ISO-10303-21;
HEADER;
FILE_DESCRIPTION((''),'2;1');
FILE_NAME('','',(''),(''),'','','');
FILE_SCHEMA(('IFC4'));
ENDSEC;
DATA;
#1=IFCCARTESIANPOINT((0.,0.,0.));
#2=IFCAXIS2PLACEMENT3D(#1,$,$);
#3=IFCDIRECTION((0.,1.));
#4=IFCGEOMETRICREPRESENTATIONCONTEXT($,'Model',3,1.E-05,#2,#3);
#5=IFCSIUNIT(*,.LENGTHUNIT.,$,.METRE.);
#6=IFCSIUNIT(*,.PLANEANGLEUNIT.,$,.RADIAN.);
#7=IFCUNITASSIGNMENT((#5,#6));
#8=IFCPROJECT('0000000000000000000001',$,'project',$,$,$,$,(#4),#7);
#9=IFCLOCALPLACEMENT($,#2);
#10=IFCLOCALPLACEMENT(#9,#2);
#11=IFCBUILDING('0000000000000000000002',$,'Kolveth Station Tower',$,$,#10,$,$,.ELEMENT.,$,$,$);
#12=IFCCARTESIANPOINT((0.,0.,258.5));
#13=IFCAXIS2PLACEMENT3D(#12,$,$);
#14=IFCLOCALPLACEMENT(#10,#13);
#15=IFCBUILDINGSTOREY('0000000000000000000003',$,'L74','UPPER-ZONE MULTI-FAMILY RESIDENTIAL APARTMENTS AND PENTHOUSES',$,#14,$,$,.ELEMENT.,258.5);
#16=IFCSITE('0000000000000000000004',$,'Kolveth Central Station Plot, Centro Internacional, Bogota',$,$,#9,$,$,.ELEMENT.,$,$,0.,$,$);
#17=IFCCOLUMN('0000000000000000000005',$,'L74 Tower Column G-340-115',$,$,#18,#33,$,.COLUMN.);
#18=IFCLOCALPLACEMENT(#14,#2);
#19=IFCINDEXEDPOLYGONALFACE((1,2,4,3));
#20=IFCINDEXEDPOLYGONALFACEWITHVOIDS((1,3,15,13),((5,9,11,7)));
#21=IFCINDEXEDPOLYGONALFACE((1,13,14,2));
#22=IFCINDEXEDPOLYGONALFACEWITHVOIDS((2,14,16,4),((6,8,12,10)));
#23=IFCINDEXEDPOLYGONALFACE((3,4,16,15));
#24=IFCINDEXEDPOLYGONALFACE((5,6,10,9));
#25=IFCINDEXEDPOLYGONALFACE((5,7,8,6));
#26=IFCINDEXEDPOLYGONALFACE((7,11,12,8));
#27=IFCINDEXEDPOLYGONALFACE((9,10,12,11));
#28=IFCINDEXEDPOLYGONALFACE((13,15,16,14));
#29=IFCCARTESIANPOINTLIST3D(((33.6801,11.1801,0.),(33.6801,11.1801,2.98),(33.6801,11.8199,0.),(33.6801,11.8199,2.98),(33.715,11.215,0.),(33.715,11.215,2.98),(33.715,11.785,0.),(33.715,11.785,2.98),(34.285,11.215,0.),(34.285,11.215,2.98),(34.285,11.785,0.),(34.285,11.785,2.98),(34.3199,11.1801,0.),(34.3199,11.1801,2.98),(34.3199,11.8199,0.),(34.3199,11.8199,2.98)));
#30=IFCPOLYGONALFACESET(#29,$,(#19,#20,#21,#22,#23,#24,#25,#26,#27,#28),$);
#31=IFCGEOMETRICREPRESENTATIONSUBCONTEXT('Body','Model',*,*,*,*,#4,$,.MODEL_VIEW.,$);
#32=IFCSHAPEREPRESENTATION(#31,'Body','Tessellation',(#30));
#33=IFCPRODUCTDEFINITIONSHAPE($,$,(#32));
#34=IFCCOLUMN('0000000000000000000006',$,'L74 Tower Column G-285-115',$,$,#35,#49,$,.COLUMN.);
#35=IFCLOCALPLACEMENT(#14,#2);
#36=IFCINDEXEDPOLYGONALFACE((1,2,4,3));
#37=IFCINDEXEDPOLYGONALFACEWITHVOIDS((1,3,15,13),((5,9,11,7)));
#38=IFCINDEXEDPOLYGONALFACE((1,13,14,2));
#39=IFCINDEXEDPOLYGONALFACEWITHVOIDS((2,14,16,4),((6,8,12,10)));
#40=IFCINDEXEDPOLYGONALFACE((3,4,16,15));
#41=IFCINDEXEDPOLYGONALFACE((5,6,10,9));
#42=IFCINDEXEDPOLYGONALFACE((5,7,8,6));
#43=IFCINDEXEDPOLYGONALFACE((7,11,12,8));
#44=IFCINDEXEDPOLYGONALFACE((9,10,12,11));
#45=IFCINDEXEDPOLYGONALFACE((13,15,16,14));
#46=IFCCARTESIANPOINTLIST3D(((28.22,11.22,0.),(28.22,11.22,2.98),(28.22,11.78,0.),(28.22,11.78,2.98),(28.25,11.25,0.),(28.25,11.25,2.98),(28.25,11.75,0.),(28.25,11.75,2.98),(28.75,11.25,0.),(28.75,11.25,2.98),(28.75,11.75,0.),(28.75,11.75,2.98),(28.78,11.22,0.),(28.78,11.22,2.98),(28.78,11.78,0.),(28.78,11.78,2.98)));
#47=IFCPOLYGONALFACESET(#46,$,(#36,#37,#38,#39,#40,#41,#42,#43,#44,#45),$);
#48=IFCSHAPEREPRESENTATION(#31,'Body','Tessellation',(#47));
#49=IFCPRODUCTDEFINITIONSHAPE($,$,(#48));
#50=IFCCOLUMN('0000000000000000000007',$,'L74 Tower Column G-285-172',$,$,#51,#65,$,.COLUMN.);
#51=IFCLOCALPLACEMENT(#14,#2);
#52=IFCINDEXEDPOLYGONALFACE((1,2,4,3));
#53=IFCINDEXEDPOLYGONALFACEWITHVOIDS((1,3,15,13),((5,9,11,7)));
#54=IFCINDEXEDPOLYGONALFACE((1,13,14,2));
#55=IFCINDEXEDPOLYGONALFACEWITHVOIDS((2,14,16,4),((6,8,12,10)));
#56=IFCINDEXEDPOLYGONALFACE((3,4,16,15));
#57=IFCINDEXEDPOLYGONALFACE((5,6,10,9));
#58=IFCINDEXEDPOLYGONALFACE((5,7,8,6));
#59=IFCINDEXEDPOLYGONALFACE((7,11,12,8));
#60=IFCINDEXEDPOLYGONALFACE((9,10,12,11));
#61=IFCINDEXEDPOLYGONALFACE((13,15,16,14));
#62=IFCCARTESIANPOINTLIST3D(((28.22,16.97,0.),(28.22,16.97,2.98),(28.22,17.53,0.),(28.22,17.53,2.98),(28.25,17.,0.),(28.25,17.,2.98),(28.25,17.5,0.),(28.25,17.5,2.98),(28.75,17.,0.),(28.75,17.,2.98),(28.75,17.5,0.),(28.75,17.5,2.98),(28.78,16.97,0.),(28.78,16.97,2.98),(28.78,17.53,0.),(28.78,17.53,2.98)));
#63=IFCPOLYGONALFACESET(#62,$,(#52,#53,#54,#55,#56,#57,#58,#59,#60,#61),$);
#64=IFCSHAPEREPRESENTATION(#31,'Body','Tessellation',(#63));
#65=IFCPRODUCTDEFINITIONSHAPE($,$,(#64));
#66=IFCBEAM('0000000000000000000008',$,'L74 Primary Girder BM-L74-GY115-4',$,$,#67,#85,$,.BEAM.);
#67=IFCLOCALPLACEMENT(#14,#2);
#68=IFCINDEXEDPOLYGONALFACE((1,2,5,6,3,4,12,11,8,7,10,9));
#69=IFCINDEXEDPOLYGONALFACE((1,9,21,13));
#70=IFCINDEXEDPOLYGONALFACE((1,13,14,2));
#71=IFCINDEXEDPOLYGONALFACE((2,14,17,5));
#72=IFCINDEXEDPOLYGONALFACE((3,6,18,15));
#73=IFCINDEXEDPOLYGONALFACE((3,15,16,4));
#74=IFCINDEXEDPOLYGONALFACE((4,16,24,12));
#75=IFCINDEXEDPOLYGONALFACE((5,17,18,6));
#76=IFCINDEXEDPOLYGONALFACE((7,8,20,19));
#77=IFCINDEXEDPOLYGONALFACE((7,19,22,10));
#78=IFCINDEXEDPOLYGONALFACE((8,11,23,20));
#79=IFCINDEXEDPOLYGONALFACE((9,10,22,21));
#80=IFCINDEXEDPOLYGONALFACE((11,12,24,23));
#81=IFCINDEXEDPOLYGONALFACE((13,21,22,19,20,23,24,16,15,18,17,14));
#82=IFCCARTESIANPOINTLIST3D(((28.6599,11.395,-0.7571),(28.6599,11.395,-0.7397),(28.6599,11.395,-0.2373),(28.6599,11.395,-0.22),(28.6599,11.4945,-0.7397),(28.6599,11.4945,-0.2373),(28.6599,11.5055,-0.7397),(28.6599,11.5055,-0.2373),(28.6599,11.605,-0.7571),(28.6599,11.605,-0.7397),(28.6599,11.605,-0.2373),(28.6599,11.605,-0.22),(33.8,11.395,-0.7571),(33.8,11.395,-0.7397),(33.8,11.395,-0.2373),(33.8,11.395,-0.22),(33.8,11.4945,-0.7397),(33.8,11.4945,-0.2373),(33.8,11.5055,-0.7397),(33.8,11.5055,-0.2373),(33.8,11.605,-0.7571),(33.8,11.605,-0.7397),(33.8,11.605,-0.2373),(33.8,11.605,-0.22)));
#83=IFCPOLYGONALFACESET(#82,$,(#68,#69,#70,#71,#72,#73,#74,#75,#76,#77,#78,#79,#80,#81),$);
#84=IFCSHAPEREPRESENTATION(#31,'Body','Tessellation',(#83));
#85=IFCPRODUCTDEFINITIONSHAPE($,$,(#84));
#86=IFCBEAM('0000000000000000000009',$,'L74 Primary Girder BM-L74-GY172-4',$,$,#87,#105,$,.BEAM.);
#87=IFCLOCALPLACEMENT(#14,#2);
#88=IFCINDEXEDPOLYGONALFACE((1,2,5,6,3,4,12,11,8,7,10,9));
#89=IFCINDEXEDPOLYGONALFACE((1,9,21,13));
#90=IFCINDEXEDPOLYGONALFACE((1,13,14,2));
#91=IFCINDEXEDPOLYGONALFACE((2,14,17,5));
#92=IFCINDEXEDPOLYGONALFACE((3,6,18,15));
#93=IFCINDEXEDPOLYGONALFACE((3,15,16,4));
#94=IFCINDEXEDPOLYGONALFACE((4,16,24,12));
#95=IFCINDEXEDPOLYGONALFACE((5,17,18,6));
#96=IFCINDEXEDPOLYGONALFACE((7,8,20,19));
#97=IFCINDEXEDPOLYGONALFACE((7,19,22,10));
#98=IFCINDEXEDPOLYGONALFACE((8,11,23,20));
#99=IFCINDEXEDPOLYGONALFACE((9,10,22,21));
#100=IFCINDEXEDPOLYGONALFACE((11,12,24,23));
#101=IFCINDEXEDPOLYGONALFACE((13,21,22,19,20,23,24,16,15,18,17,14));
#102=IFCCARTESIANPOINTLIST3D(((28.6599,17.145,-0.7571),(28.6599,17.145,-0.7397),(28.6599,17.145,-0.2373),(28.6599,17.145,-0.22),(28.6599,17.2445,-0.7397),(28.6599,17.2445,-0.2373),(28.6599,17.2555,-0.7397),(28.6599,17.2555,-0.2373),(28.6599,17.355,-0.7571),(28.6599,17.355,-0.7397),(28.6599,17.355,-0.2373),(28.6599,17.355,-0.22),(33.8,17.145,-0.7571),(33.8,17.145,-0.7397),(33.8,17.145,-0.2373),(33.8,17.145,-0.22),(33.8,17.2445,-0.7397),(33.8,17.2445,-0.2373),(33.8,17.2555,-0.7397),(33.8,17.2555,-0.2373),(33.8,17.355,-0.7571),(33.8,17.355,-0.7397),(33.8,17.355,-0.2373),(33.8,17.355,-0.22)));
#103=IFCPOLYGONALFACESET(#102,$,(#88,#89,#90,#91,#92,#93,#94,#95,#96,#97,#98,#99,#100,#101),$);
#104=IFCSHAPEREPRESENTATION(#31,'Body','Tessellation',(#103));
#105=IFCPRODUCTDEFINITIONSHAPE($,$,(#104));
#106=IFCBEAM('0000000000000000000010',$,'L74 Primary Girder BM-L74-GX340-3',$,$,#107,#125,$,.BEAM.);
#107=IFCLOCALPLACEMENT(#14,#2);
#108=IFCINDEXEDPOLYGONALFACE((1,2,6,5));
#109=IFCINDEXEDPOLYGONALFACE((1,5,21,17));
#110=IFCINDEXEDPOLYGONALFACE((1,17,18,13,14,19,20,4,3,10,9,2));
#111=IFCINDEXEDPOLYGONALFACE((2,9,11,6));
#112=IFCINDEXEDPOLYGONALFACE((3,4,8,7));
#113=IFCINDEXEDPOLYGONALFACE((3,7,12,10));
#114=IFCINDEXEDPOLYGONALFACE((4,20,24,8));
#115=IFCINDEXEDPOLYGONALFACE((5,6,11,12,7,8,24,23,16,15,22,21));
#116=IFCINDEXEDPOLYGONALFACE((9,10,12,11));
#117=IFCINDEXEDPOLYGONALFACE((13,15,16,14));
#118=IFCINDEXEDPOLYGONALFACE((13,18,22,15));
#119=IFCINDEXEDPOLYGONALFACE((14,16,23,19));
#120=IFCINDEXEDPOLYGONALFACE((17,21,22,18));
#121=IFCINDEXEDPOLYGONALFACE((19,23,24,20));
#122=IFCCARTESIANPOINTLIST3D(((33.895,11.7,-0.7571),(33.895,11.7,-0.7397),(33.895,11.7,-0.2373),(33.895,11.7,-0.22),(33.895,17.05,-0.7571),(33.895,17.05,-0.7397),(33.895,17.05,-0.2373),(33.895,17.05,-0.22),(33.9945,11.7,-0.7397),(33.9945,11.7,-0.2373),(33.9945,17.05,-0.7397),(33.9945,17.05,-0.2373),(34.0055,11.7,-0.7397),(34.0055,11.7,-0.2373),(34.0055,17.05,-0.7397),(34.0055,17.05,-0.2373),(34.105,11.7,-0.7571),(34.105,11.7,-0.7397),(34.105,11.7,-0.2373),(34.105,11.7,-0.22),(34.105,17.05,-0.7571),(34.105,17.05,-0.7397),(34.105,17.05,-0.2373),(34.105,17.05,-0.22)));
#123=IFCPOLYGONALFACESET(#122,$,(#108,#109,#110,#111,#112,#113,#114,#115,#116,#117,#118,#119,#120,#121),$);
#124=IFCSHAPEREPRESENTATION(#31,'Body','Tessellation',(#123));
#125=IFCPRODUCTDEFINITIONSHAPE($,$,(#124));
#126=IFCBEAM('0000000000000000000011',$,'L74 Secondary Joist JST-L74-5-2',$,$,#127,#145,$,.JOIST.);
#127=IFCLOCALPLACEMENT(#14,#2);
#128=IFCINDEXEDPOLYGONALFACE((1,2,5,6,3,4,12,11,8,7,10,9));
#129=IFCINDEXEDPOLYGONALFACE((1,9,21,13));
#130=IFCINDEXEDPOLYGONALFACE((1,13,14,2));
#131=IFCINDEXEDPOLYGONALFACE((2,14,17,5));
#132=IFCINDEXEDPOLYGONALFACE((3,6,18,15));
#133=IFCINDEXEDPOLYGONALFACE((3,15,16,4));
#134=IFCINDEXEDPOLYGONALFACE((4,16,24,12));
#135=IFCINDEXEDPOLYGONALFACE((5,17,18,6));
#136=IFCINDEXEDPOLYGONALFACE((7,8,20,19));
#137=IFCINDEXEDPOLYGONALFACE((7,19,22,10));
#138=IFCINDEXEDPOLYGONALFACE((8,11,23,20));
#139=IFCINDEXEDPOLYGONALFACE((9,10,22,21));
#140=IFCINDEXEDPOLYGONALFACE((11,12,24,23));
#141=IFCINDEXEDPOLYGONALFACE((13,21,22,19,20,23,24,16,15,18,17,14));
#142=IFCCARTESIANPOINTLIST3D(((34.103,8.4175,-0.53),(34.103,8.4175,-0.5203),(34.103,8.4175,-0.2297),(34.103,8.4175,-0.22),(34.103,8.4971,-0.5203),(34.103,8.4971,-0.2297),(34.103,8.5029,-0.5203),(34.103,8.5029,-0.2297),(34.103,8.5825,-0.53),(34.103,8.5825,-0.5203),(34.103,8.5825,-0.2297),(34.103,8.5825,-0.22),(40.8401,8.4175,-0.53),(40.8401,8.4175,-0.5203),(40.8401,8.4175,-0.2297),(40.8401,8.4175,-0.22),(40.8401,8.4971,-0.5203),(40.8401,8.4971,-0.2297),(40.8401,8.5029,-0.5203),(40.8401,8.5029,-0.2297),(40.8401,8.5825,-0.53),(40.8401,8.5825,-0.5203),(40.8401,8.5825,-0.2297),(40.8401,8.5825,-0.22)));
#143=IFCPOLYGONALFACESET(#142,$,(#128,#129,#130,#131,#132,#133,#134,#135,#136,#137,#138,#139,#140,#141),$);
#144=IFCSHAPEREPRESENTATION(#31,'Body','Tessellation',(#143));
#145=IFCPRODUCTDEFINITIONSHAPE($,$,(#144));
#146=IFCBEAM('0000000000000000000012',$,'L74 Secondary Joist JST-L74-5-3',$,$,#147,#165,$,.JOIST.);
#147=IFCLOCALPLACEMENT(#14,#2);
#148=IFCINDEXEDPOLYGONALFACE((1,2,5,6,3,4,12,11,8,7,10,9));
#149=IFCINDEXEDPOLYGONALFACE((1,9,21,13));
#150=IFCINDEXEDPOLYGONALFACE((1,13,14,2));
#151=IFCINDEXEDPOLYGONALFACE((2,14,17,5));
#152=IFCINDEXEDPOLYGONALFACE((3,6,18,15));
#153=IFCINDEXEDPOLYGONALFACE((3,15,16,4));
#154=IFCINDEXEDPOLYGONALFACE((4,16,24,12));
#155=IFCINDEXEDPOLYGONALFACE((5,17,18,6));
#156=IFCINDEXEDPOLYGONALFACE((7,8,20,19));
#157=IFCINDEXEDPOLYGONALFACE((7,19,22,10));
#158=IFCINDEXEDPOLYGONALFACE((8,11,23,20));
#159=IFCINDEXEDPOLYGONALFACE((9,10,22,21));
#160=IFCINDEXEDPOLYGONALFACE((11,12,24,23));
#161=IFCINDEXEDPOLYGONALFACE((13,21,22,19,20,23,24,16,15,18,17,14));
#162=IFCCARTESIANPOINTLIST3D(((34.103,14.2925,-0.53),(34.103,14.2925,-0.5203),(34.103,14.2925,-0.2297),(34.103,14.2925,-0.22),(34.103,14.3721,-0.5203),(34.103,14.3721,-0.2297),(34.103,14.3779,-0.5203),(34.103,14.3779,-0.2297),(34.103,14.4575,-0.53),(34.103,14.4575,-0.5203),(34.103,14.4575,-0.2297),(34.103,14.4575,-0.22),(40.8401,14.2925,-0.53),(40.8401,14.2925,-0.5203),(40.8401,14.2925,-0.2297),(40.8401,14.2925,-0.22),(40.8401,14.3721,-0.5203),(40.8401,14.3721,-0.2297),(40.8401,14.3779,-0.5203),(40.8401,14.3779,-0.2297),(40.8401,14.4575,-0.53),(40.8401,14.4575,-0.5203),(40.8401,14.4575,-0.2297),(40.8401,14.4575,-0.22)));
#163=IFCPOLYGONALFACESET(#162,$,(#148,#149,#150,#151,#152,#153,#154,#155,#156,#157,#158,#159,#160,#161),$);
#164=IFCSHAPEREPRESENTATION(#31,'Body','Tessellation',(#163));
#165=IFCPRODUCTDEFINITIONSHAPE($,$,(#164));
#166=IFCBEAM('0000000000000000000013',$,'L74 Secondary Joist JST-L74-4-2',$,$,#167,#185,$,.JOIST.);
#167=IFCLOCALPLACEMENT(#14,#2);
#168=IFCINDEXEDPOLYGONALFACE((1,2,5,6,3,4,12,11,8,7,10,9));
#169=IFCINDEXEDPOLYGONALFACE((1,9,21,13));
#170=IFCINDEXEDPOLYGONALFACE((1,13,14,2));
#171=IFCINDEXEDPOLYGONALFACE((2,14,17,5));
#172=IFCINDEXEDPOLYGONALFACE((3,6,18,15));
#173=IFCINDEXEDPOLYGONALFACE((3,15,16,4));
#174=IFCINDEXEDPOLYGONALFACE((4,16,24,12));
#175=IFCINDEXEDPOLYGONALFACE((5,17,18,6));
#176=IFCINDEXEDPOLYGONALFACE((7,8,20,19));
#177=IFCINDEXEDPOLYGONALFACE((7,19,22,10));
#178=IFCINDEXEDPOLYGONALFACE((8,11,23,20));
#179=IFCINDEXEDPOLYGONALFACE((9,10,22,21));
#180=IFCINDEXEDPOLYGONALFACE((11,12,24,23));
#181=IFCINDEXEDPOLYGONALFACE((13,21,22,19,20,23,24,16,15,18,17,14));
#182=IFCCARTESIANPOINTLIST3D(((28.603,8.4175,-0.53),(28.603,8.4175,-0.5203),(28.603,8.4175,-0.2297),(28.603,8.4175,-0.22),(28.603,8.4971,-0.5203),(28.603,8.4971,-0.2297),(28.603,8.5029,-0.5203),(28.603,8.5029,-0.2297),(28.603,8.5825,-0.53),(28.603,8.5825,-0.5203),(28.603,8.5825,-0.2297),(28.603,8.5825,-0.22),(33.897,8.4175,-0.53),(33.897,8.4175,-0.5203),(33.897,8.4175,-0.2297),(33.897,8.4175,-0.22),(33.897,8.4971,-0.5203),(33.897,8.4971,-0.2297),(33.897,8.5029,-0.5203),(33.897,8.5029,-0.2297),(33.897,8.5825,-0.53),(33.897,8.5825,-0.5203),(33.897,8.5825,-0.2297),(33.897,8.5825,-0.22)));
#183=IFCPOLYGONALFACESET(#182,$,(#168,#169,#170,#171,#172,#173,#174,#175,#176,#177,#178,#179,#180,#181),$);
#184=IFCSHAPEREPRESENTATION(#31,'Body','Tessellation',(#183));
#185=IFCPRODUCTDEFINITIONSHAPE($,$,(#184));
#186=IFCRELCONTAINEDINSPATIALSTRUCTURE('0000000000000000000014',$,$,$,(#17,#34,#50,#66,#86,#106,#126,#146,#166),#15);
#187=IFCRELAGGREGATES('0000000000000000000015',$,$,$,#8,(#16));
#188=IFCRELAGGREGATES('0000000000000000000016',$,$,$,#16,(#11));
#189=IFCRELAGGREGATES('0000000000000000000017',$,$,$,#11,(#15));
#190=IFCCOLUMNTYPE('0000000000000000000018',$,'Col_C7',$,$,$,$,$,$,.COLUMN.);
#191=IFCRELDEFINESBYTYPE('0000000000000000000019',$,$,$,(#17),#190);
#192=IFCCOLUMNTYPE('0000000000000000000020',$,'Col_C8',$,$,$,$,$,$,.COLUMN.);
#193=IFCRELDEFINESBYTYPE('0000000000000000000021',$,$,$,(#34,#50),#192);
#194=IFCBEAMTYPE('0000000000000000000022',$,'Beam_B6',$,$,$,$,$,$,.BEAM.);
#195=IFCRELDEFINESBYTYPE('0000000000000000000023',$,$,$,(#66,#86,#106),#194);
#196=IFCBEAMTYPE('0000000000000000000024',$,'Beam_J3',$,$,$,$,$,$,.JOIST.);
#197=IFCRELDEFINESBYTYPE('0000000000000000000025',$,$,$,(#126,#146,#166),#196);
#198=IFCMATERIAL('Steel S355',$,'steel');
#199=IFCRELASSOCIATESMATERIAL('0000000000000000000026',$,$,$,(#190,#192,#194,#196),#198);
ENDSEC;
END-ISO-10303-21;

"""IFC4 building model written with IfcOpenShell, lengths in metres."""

from ifc_helpers import new_model, si_unit, direction, frame, origin, origin_2d, place, context, subcontext, project, spatial, hollow_rectangle, i_section, extrude, source, transform, mapped, material, material_profile, profile_set, type_object, element, save


model = new_model("IFC4")

# Units and contexts
model_context = context("Model", 3, precision=1e-05, world=origin(), true_north=direction((0.0, 1.0)))
body_context = subcontext(model_context, "Body", "Model", "MODEL_VIEW")
ifc_project = project(units=[si_unit("LENGTHUNIT", "METRE"), si_unit("PLANEANGLEUNIT", "RADIAN")], contexts=[model_context])

# Site, building, storey
site_placement = place(None, origin())
site = spatial("IfcSite", under=ifc_project, at=site_placement, Name="Kolveth Central Station Plot, Centro Internacional, Bogota", CompositionType="ELEMENT", RefElevation=0.0)
building_placement = place(site_placement, origin())
building = spatial("IfcBuilding", under=site, at=building_placement, Name="Kolveth Station Tower", CompositionType="ELEMENT")
storey_placement = place(building_placement, frame((0.0, 0.0, 258.5)))
storey = spatial("IfcBuildingStorey", under=building, at=storey_placement, Name="L74", Description="UPPER-ZONE MULTI-FAMILY RESIDENTIAL APARTMENTS AND PENTHOUSES", CompositionType="ELEMENT", Elevation=258.5)

# Columns
ifc_material_1 = material(Name="Steel S355", Category="steel")
ifc_material_profile_1 = material_profile(ifc_material_1, hollow_rectangle(XDim=0.6399, YDim=0.6399, WallThickness=0.0349, at=origin_2d()), Name="BOX640x640x35")
ifc_profile_set_1 = profile_set([ifc_material_profile_1], Name="Steel S355")
column_type_1 = type_object("IfcColumnType", Name="Col_C7", PredefinedType="COLUMN", material=ifc_profile_set_1)
shared_shape_1 = source(origin(), body_context, "Body", "SweptSolid", [
    extrude(hollow_rectangle(XDim=0.6399, YDim=0.6399, WallThickness=0.0349, at=origin_2d()), origin(), (0.0, 0.0, 1.0), 2.98),
])
column_placement = place(storey_placement, frame((34.0, 11.5, 0.0), z_axis=(0.0, 0.0, 1.0), x_axis=(1.0, 0.0, 0.0)))
element("IfcColumn", 1, at=column_placement, inside=storey, type_object=column_type_1, Name="L74 Tower Column G-340-115", PredefinedType="COLUMN", context=body_context, shape_type="MappedRepresentation", body=[
    mapped(shared_shape_1, transform((0.0, 0.0, 0.0), x_axis=(1.0, 0.0, 0.0), y_axis=(0.0, 1.0, 0.0), z_axis=(0.0, 0.0, 1.0), scale=1.0)),
])
ifc_material_profile_2 = material_profile(ifc_material_1, hollow_rectangle(XDim=0.5601, YDim=0.5601, WallThickness=0.03, at=origin_2d()), Name="BOX560x560x30")
ifc_profile_set_2 = profile_set([ifc_material_profile_2], Name="Steel S355")
column_type_2 = type_object("IfcColumnType", Name="Col_C8", PredefinedType="COLUMN", material=ifc_profile_set_2)
shared_shape_2 = source(origin(), body_context, "Body", "SweptSolid", [
    extrude(hollow_rectangle(XDim=0.5601, YDim=0.5601, WallThickness=0.03, at=origin_2d()), origin(), (0.0, 0.0, 1.0), 2.98),
])
for number, where, z_axis, x_axis, name in (
    (2, (28.5, 11.5, 0.0), (0.0, 0.0, 1.0), (1.0, 0.0, 0.0), "L74 Tower Column G-285-115"),
    (3, (28.5, 17.25, 0.0), (0.0, 0.0, 1.0), (1.0, 0.0, 0.0), "L74 Tower Column G-285-172"),
):
    element("IfcColumn", number, at=place(storey_placement, frame(where, z_axis=z_axis, x_axis=x_axis)), inside=storey, type_object=column_type_2, Name=name, PredefinedType="COLUMN", context=body_context, shape_type="MappedRepresentation", body=[
        mapped(shared_shape_2, transform((0.0, 0.0, 0.0), x_axis=(1.0, 0.0, 0.0), y_axis=(0.0, 1.0, 0.0), z_axis=(0.0, 0.0, 1.0), scale=1.0)),
    ])

# Beams
ifc_material_profile_3 = material_profile(ifc_material_1, i_section(OverallWidth=0.21, OverallDepth=0.5371, WebThickness=0.011, FlangeThickness=0.0173, at=origin_2d()), Name="W530x101")
ifc_profile_set_3 = profile_set([ifc_material_profile_3], Name="Steel S355")
beam_type_1 = type_object("IfcBeamType", Name="Beam_B6", PredefinedType="BEAM", material=ifc_profile_set_3)
shared_shape_3 = source(origin(), body_context, "Body", "SweptSolid", [
    extrude(i_section(OverallWidth=0.21, OverallDepth=0.5371, WebThickness=0.011, FlangeThickness=0.0173, at=origin_2d()), origin(), (0.0, 0.0, 1.0), 5.1401),
])
for number, where, z_axis, x_axis, name in (
    (4, (28.6599, 11.5, -0.4885), (1.0, 0.0, 0.0), (0.0, 1.0, 0.0), "L74 Primary Girder BM-L74-GY115-4"),
    (5, (28.6599, 17.25, -0.4885), (1.0, 0.0, 0.0), (0.0, 1.0, 0.0), "L74 Primary Girder BM-L74-GY172-4"),
):
    element("IfcBeam", number, at=place(storey_placement, frame(where, z_axis=z_axis, x_axis=x_axis)), inside=storey, type_object=beam_type_1, Name=name, PredefinedType="BEAM", context=body_context, shape_type="MappedRepresentation", body=[
        mapped(shared_shape_3, transform((0.0, 0.0, 0.0), x_axis=(1.0, 0.0, 0.0), y_axis=(0.0, 1.0, 0.0), z_axis=(0.0, 0.0, 1.0), scale=1.0)),
    ])
shared_shape_4 = source(origin(), body_context, "Body", "SweptSolid", [
    extrude(i_section(OverallWidth=0.21, OverallDepth=0.5371, WebThickness=0.011, FlangeThickness=0.0173, at=origin_2d()), origin(), (0.0, 0.0, 1.0), 5.3501),
])
beam_placement = place(storey_placement, frame((34.0, 11.7, -0.4885), z_axis=(0.0, 1.0, 0.0), x_axis=(-1.0, 0.0, 0.0)))
element("IfcBeam", 6, at=beam_placement, inside=storey, type_object=beam_type_1, Name="L74 Primary Girder BM-L74-GX340-3", PredefinedType="BEAM", context=body_context, shape_type="MappedRepresentation", body=[
    mapped(shared_shape_4, transform((0.0, 0.0, 0.0), x_axis=(1.0, 0.0, 0.0), y_axis=(0.0, 1.0, 0.0), z_axis=(0.0, 0.0, 1.0), scale=1.0)),
])
ifc_material_profile_4 = material_profile(ifc_material_1, i_section(OverallWidth=0.165, OverallDepth=0.3101, WebThickness=0.0059, FlangeThickness=0.0098, at=origin_2d()), Name="W310x39")
ifc_profile_set_4 = profile_set([ifc_material_profile_4], Name="Steel S355")
beam_type_2 = type_object("IfcBeamType", Name="Beam_J3", PredefinedType="JOIST", material=ifc_profile_set_4)
shared_shape_5 = source(origin(), body_context, "Body", "SweptSolid", [
    extrude(i_section(OverallWidth=0.165, OverallDepth=0.3101, WebThickness=0.0059, FlangeThickness=0.0098, at=origin_2d()), origin(), (0.0, 0.0, 1.0), 6.7371),
])
for number, where, z_axis, x_axis, name in (
    (7, (34.103, 8.5, -0.375), (1.0, 0.0, 0.0), (0.0, 1.0, 0.0), "L74 Secondary Joist JST-L74-5-2"),
    (8, (34.103, 14.375, -0.375), (1.0, 0.0, 0.0), (0.0, 1.0, 0.0), "L74 Secondary Joist JST-L74-5-3"),
):
    element("IfcBeam", number, at=place(storey_placement, frame(where, z_axis=z_axis, x_axis=x_axis)), inside=storey, type_object=beam_type_2, Name=name, PredefinedType="JOIST", context=body_context, shape_type="MappedRepresentation", body=[
        mapped(shared_shape_5, transform((0.0, 0.0, 0.0), x_axis=(1.0, 0.0, 0.0), y_axis=(0.0, 1.0, 0.0), z_axis=(0.0, 0.0, 1.0), scale=1.0)),
    ])
shared_shape_6 = source(origin(), body_context, "Body", "SweptSolid", [
    extrude(i_section(OverallWidth=0.165, OverallDepth=0.3101, WebThickness=0.0059, FlangeThickness=0.0098, at=origin_2d()), origin(), (0.0, 0.0, 1.0), 5.2939),
])
for number, where, z_axis, x_axis, name in (
    (9, (28.603, 8.5, -0.375), (1.0, 0.0, 0.0), (0.0, 1.0, 0.0), "L74 Secondary Joist JST-L74-4-2"),
):
    element("IfcBeam", number, at=place(storey_placement, frame(where, z_axis=z_axis, x_axis=x_axis)), inside=storey, type_object=beam_type_2, Name=name, PredefinedType="JOIST", context=body_context, shape_type="MappedRepresentation", body=[
        mapped(shared_shape_6, transform((0.0, 0.0, 0.0), x_axis=(1.0, 0.0, 0.0), y_axis=(0.0, 1.0, 0.0), z_axis=(0.0, 0.0, 1.0), scale=1.0)),
    ])

save(model, "model.ifc")
